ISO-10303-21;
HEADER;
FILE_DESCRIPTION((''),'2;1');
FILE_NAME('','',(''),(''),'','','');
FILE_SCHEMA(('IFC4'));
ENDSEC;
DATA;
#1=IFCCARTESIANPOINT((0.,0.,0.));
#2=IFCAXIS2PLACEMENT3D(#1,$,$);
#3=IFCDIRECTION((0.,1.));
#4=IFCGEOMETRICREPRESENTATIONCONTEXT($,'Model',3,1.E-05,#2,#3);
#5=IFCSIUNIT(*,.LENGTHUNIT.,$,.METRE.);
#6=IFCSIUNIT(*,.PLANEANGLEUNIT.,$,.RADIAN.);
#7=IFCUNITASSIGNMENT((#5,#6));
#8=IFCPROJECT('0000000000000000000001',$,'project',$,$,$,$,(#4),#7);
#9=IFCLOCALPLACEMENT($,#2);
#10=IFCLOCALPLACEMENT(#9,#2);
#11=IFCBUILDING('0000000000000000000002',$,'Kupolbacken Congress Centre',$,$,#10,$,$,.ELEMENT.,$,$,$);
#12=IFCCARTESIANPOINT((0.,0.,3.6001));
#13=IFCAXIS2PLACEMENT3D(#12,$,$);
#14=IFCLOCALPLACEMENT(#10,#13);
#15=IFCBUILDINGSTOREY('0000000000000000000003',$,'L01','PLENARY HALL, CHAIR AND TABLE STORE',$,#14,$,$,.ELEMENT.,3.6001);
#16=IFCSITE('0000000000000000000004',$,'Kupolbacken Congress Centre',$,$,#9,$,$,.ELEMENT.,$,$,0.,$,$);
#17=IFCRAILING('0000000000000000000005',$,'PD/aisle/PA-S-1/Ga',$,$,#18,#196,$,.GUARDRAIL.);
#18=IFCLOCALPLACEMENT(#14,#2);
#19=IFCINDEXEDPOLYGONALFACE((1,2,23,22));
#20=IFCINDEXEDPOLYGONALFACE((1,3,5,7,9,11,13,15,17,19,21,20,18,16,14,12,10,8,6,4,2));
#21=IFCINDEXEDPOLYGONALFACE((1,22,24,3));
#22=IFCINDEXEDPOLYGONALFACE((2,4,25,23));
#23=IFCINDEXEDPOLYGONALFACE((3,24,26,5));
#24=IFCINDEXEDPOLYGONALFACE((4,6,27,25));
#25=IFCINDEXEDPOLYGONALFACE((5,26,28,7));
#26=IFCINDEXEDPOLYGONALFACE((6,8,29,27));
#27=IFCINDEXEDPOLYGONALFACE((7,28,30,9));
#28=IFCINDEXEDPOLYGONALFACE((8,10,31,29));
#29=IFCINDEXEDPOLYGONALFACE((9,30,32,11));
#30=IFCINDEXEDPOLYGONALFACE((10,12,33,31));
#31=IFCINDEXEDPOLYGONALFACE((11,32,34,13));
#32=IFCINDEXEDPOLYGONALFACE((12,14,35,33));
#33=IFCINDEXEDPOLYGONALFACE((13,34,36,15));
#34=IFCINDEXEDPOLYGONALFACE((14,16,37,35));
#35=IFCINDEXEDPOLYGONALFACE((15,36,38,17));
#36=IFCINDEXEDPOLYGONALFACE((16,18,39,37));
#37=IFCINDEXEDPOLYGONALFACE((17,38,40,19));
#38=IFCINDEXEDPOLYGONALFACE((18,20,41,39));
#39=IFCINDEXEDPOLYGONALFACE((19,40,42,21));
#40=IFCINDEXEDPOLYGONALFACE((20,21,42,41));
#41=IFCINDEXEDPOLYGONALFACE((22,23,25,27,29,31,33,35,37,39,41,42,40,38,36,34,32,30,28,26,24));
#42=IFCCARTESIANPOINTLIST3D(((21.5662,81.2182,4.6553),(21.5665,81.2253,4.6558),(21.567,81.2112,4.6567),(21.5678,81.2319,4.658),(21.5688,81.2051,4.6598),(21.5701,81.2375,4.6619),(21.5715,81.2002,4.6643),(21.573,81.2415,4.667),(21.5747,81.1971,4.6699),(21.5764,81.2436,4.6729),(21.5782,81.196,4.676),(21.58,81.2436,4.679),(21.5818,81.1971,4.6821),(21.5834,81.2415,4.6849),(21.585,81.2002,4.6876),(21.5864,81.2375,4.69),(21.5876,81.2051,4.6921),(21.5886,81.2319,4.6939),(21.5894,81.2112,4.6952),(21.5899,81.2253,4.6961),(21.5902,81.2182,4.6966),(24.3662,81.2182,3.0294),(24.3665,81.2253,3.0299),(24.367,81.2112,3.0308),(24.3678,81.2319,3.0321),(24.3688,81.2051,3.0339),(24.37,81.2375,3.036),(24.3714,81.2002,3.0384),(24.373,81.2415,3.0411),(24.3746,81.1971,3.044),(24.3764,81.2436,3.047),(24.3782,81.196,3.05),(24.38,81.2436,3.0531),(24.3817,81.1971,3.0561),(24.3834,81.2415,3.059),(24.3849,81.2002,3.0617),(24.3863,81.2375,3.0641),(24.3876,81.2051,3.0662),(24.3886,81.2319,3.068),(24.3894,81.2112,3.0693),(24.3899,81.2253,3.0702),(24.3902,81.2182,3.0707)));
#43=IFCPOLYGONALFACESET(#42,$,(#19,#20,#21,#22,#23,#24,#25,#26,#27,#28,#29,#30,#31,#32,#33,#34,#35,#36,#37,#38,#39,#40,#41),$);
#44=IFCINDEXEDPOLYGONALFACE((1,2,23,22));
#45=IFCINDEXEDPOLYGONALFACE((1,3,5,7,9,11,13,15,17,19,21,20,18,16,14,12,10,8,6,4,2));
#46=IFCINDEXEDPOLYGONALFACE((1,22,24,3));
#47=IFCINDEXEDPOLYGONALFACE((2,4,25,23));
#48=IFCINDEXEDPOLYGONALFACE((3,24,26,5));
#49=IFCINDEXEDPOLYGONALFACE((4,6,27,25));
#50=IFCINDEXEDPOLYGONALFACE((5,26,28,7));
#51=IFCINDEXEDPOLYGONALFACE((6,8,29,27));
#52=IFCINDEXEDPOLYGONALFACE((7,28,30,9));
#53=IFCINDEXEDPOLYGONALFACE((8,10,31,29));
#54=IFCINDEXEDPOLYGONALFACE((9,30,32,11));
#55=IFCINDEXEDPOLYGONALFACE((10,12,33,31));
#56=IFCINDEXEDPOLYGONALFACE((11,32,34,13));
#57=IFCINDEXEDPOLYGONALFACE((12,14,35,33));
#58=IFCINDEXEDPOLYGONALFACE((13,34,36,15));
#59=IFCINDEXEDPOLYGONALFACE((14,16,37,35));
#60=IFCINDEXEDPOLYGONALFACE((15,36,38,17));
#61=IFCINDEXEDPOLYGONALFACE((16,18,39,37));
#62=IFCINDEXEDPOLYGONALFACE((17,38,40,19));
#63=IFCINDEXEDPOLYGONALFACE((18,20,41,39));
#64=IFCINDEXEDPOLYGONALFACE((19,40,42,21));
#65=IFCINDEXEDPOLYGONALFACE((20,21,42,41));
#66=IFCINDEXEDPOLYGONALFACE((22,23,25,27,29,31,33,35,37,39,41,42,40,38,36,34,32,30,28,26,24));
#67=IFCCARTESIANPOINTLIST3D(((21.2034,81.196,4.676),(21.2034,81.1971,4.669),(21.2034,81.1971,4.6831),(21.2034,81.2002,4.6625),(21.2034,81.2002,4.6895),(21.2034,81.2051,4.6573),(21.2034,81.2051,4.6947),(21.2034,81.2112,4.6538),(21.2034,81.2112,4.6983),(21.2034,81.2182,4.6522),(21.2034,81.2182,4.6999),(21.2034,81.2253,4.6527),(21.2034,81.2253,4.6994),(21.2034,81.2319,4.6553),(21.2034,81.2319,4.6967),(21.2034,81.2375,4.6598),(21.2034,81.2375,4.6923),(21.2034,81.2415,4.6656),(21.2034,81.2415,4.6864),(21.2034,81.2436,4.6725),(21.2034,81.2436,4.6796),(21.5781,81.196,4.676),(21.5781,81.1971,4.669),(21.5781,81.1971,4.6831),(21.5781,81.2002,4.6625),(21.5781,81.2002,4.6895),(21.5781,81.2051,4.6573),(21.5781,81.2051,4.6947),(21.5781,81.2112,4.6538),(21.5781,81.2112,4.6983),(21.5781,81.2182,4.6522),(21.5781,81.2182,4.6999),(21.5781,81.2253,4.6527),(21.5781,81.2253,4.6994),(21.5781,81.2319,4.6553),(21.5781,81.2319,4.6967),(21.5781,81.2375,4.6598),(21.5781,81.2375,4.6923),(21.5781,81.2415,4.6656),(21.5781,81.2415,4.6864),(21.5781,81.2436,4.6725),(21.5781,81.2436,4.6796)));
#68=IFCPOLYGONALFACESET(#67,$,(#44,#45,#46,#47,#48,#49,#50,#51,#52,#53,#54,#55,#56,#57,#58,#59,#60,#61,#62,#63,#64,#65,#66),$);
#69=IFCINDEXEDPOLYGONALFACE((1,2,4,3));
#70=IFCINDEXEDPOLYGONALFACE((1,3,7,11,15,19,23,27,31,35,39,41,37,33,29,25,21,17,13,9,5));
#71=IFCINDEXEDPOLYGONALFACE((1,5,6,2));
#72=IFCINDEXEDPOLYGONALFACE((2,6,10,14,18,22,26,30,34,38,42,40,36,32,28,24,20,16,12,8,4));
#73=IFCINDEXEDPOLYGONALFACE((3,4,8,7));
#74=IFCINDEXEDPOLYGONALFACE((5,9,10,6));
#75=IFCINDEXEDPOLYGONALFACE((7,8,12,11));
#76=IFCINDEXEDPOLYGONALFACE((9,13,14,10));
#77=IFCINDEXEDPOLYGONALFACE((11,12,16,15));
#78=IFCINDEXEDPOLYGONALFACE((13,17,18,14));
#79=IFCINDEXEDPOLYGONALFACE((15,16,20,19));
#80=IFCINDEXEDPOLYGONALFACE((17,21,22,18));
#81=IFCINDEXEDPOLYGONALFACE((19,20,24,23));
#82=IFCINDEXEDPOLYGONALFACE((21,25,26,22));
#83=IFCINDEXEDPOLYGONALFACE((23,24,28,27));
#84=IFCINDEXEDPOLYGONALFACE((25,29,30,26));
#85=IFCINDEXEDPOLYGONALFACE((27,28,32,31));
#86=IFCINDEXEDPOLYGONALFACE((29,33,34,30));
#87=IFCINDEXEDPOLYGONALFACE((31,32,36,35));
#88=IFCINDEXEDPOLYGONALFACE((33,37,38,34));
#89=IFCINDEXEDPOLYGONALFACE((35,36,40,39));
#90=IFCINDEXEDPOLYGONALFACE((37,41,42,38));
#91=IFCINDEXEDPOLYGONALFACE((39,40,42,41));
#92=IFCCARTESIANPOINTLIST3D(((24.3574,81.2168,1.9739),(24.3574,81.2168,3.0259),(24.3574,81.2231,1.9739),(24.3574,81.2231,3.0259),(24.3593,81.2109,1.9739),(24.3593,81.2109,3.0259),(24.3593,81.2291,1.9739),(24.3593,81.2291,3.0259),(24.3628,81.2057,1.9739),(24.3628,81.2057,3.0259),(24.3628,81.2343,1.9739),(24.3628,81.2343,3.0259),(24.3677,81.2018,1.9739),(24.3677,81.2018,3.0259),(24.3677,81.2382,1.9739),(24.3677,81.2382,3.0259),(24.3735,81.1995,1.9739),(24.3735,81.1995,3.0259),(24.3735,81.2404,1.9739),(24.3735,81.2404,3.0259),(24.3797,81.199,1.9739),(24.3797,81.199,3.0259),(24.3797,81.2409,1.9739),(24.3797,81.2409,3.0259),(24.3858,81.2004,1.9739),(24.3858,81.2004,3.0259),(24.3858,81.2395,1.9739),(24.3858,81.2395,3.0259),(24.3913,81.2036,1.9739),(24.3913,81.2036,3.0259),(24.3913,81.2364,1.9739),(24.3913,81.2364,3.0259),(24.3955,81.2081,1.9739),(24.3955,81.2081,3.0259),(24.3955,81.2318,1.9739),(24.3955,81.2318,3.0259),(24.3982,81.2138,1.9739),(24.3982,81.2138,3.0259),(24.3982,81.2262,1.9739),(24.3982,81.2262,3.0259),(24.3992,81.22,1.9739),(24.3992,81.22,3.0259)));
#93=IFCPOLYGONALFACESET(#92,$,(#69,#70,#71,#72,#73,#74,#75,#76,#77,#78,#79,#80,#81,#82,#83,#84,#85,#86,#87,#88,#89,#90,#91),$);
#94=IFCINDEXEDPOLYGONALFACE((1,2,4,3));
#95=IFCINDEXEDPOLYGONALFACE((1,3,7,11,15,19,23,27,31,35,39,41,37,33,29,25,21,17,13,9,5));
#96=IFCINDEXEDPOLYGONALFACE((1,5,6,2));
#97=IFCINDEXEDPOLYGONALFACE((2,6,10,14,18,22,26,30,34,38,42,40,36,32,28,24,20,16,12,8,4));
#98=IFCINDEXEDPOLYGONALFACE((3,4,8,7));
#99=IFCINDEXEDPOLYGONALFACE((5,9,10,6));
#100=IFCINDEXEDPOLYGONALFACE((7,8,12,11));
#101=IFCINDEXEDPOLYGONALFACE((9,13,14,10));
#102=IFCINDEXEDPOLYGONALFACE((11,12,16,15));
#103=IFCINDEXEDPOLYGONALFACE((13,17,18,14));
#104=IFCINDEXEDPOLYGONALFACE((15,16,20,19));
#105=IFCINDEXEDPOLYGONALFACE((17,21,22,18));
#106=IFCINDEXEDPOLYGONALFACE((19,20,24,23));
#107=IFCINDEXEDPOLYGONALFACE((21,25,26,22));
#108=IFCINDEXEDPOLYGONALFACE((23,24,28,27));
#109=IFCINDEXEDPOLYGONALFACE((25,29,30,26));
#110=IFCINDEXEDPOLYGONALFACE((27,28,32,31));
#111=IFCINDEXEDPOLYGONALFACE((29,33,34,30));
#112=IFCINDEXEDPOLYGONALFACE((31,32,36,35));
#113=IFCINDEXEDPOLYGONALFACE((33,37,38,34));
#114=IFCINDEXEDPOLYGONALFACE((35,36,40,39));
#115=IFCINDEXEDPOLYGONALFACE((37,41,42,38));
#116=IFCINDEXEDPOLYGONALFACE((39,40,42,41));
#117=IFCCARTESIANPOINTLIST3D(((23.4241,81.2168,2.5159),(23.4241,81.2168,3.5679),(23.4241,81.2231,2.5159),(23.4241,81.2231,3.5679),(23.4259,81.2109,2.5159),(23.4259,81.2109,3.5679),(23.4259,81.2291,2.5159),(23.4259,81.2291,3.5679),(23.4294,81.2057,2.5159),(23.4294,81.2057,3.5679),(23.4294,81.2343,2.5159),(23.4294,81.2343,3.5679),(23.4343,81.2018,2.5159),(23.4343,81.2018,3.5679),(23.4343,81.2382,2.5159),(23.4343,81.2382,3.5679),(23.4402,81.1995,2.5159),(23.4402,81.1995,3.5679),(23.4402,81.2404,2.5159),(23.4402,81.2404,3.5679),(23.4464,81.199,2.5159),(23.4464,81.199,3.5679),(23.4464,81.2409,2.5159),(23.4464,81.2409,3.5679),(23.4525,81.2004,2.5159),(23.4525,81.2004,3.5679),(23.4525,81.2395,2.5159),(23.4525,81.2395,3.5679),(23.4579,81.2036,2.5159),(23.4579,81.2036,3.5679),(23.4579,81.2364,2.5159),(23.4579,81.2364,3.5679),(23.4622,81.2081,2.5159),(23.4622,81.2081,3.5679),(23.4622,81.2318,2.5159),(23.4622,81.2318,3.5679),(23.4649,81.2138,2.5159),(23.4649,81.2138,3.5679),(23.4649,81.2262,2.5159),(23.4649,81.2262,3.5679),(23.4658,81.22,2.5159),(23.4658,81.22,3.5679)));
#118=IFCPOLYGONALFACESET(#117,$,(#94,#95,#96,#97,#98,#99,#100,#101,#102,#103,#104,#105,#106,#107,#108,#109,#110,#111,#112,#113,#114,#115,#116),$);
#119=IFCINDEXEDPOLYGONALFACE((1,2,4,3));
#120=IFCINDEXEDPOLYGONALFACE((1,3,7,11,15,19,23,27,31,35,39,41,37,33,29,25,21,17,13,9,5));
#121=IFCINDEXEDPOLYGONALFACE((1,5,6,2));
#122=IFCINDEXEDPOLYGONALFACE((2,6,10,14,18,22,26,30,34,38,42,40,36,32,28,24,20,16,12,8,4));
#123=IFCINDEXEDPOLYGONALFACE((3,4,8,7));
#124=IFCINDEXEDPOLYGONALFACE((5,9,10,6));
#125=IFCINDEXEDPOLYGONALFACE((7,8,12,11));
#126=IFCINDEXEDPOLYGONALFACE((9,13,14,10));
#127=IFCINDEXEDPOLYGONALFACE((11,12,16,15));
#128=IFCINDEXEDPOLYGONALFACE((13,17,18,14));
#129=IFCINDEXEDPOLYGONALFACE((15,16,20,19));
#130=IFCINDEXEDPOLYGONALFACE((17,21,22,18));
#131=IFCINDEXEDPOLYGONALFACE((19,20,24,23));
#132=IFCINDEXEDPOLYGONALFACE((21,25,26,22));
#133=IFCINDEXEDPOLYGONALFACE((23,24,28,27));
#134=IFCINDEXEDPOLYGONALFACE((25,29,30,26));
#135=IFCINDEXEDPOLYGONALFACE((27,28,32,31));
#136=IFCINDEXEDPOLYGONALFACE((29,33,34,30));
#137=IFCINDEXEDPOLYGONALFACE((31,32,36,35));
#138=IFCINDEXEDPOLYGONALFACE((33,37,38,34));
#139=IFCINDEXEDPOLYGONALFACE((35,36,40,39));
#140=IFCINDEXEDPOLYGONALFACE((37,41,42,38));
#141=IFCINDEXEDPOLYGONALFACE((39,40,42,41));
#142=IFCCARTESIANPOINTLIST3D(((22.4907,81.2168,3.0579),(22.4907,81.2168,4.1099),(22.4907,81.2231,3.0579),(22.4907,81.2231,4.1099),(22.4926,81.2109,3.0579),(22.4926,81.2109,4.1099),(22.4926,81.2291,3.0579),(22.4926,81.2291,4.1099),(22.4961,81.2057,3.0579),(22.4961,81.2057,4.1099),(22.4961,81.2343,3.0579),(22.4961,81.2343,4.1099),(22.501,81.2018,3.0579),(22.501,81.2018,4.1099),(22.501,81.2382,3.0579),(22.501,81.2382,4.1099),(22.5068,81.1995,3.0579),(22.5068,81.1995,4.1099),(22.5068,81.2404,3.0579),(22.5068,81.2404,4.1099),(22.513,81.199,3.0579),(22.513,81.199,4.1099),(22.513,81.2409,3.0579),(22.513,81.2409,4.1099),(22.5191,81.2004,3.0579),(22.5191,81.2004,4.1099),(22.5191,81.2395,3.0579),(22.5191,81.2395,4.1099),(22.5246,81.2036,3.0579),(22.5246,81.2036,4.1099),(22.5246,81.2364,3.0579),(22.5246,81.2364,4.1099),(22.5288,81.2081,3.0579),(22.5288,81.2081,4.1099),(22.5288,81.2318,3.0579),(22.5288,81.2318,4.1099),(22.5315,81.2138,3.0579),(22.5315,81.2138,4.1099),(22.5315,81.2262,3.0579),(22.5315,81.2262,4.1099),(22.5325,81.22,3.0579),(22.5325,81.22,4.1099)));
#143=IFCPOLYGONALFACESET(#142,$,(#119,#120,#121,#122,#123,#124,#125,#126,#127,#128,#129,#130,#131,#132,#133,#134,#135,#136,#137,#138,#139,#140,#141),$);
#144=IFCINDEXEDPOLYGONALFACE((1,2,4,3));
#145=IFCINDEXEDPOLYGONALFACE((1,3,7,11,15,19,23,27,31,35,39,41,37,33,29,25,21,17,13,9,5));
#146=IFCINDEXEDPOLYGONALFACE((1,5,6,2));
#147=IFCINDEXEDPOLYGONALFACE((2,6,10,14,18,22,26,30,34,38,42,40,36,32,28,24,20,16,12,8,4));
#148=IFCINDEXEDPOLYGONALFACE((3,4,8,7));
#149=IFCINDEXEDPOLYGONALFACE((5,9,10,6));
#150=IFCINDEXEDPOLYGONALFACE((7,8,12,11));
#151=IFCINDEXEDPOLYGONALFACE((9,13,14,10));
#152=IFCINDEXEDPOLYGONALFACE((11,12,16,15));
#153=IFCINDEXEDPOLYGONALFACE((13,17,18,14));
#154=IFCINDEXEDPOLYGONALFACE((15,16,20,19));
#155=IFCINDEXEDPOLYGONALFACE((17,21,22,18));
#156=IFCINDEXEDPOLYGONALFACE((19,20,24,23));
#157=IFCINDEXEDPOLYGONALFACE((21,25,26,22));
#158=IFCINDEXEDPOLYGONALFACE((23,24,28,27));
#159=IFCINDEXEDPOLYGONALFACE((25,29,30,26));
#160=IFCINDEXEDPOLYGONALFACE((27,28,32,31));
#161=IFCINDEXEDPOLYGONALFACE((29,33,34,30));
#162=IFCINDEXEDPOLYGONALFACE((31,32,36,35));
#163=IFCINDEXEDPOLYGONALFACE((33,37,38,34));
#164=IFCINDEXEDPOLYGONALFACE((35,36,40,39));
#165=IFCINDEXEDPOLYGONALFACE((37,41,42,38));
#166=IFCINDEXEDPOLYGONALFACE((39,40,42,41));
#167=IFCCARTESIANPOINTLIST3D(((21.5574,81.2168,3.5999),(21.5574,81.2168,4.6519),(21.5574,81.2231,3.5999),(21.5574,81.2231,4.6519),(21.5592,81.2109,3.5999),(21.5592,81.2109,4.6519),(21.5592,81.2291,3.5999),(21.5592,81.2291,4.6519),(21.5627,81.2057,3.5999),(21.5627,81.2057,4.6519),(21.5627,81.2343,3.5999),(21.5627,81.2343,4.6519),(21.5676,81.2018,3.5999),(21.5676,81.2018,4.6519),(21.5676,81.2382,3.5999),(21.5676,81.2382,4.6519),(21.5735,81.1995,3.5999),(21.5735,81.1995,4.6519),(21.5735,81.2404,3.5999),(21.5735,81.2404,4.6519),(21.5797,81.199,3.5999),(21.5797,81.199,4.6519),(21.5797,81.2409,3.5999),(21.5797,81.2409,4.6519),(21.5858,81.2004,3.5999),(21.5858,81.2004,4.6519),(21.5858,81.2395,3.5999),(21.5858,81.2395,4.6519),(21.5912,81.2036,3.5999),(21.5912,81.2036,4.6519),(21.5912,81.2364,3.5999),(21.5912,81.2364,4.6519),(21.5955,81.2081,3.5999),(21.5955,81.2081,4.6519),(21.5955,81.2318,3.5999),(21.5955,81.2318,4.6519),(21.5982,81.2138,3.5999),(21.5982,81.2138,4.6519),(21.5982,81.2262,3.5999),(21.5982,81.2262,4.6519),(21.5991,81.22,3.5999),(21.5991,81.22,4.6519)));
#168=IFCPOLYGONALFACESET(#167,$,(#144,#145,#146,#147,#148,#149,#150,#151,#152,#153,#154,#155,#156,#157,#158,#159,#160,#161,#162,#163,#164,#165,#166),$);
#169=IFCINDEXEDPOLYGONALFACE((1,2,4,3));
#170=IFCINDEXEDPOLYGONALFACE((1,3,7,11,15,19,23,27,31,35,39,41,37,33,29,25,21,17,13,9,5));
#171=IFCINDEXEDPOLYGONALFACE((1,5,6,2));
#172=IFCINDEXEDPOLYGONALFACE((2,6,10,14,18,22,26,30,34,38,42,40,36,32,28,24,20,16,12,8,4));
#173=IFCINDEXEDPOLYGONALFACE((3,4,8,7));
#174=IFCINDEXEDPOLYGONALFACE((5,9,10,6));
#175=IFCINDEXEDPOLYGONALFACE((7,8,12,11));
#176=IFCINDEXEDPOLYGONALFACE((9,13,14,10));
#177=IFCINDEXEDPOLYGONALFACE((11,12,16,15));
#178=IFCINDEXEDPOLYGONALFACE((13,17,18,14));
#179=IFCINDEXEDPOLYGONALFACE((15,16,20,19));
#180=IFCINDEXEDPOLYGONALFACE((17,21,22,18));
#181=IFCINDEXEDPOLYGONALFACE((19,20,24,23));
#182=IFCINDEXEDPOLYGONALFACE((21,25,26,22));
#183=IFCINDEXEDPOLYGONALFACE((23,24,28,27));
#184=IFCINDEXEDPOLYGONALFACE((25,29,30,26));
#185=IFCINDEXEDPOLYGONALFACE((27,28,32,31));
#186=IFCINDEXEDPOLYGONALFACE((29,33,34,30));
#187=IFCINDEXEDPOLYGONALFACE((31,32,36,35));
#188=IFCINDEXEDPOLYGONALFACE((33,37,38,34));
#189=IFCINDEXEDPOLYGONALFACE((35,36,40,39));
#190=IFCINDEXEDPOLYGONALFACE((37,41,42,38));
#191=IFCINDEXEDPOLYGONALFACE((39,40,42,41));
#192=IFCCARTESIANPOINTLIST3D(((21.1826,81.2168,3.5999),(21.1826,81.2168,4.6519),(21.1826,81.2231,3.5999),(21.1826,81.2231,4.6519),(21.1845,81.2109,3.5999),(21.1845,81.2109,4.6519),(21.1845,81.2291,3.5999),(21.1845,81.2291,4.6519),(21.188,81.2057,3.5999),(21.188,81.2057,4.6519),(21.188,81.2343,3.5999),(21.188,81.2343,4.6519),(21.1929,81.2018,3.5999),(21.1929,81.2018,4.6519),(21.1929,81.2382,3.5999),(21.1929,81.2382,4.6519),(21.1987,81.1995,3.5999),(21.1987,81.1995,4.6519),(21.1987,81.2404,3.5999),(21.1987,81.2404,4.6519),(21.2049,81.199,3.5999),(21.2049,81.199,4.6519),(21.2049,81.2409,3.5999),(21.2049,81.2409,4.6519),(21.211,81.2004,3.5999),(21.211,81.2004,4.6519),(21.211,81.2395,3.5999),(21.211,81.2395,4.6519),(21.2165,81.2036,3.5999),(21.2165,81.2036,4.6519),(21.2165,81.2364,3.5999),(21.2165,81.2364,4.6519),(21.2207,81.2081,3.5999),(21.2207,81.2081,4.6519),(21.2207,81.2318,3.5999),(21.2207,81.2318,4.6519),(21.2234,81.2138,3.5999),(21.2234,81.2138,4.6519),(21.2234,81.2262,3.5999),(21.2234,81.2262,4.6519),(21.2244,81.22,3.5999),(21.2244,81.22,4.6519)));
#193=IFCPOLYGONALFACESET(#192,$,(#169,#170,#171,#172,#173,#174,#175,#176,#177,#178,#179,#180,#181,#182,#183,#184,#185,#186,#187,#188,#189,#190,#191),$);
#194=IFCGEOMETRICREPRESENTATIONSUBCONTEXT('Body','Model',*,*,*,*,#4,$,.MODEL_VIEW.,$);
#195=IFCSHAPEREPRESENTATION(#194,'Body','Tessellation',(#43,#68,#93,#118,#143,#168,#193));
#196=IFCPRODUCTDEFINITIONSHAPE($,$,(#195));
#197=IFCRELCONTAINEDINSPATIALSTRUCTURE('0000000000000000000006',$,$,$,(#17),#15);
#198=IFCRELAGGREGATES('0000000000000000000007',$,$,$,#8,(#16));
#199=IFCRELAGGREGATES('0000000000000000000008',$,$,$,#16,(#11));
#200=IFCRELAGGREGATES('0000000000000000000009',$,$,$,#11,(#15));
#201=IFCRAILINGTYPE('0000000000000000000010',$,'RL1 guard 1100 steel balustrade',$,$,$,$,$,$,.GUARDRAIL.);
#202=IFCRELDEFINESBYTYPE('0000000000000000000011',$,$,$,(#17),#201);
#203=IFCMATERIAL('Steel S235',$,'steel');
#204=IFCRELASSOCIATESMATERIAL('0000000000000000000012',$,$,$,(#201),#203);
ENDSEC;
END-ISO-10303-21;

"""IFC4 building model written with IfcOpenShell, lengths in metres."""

from ifc_helpers import new_model, si_unit, direction, frame, origin, origin_2d, place, context, subcontext, project, spatial, circle, extrude, material, type_object, element, save


model = new_model("IFC4")

# Units and contexts
model_context = context("Model", 3, precision=1e-05, world=origin(), true_north=direction((0.0, 1.0)))
body_context = subcontext(model_context, "Body", "Model", "MODEL_VIEW")
ifc_project = project(units=[si_unit("LENGTHUNIT", "METRE"), si_unit("PLANEANGLEUNIT", "RADIAN")], contexts=[model_context])

# Site, building, storey
site_placement = place(None, origin())
site = spatial("IfcSite", under=ifc_project, at=site_placement, Name="Kupolbacken Congress Centre", CompositionType="ELEMENT", RefElevation=0.0)
building_placement = place(site_placement, origin())
building = spatial("IfcBuilding", under=site, at=building_placement, Name="Kupolbacken Congress Centre", CompositionType="ELEMENT")
storey_placement = place(building_placement, frame((0.0, 0.0, 3.6001)))
storey = spatial("IfcBuildingStorey", under=building, at=storey_placement, Name="L01", Description="PLENARY HALL, CHAIR AND TABLE STORE", CompositionType="ELEMENT", Elevation=3.6001)

# Railing
ifc_material_1 = material(Name="Steel S235", Category="steel")
railing_type = type_object("IfcRailingType", Name="RL1 guard 1100 steel balustrade", PredefinedType="GUARDRAIL", material=ifc_material_1)
railing_placement = place(storey_placement, frame((24.3782, 81.22, 1.9739)))
element("IfcRailing", 1, at=railing_placement, inside=storey, type_object=railing_type, Name="PD/aisle/PA-S-1/Ga", PredefinedType="GUARDRAIL", context=body_context, shape_type="SweptSolid", body=[
    extrude(circle(Radius=0.0239, at=origin_2d()), frame((0.0, 0.0, 1.0762), z_axis=(-0.86477, 0.0, 0.502168), x_axis=(0.0, -1.0, 0.0)), (0.0, 0.0, 1.0), 3.2378),
    extrude(circle(Radius=0.0239, at=origin_2d()), frame((-2.8, 0.0, 2.7021), z_axis=(-1.0, 0.0, 0.0), x_axis=(0.0, -1.0, 0.0)), (0.0, 0.0, 1.0), 0.3748),
    extrude(circle(Radius=0.021, at=origin_2d()), origin(), (0.0, 0.0, 1.0), 1.052),
    extrude(circle(Radius=0.021, at=origin_2d()), frame((-0.9333, 0.0, 0.542)), (0.0, 0.0, 1.0), 1.052),
    extrude(circle(Radius=0.021, at=origin_2d()), frame((-1.8667, 0.0, 1.084)), (0.0, 0.0, 1.0), 1.052),
    extrude(circle(Radius=0.021, at=origin_2d()), frame((-2.8, 0.0, 1.626)), (0.0, 0.0, 1.0), 1.052),
    extrude(circle(Radius=0.021, at=origin_2d()), frame((-3.1748, 0.0, 1.626)), (0.0, 0.0, 1.0), 1.052),
])

save(model, "model.ifc")
